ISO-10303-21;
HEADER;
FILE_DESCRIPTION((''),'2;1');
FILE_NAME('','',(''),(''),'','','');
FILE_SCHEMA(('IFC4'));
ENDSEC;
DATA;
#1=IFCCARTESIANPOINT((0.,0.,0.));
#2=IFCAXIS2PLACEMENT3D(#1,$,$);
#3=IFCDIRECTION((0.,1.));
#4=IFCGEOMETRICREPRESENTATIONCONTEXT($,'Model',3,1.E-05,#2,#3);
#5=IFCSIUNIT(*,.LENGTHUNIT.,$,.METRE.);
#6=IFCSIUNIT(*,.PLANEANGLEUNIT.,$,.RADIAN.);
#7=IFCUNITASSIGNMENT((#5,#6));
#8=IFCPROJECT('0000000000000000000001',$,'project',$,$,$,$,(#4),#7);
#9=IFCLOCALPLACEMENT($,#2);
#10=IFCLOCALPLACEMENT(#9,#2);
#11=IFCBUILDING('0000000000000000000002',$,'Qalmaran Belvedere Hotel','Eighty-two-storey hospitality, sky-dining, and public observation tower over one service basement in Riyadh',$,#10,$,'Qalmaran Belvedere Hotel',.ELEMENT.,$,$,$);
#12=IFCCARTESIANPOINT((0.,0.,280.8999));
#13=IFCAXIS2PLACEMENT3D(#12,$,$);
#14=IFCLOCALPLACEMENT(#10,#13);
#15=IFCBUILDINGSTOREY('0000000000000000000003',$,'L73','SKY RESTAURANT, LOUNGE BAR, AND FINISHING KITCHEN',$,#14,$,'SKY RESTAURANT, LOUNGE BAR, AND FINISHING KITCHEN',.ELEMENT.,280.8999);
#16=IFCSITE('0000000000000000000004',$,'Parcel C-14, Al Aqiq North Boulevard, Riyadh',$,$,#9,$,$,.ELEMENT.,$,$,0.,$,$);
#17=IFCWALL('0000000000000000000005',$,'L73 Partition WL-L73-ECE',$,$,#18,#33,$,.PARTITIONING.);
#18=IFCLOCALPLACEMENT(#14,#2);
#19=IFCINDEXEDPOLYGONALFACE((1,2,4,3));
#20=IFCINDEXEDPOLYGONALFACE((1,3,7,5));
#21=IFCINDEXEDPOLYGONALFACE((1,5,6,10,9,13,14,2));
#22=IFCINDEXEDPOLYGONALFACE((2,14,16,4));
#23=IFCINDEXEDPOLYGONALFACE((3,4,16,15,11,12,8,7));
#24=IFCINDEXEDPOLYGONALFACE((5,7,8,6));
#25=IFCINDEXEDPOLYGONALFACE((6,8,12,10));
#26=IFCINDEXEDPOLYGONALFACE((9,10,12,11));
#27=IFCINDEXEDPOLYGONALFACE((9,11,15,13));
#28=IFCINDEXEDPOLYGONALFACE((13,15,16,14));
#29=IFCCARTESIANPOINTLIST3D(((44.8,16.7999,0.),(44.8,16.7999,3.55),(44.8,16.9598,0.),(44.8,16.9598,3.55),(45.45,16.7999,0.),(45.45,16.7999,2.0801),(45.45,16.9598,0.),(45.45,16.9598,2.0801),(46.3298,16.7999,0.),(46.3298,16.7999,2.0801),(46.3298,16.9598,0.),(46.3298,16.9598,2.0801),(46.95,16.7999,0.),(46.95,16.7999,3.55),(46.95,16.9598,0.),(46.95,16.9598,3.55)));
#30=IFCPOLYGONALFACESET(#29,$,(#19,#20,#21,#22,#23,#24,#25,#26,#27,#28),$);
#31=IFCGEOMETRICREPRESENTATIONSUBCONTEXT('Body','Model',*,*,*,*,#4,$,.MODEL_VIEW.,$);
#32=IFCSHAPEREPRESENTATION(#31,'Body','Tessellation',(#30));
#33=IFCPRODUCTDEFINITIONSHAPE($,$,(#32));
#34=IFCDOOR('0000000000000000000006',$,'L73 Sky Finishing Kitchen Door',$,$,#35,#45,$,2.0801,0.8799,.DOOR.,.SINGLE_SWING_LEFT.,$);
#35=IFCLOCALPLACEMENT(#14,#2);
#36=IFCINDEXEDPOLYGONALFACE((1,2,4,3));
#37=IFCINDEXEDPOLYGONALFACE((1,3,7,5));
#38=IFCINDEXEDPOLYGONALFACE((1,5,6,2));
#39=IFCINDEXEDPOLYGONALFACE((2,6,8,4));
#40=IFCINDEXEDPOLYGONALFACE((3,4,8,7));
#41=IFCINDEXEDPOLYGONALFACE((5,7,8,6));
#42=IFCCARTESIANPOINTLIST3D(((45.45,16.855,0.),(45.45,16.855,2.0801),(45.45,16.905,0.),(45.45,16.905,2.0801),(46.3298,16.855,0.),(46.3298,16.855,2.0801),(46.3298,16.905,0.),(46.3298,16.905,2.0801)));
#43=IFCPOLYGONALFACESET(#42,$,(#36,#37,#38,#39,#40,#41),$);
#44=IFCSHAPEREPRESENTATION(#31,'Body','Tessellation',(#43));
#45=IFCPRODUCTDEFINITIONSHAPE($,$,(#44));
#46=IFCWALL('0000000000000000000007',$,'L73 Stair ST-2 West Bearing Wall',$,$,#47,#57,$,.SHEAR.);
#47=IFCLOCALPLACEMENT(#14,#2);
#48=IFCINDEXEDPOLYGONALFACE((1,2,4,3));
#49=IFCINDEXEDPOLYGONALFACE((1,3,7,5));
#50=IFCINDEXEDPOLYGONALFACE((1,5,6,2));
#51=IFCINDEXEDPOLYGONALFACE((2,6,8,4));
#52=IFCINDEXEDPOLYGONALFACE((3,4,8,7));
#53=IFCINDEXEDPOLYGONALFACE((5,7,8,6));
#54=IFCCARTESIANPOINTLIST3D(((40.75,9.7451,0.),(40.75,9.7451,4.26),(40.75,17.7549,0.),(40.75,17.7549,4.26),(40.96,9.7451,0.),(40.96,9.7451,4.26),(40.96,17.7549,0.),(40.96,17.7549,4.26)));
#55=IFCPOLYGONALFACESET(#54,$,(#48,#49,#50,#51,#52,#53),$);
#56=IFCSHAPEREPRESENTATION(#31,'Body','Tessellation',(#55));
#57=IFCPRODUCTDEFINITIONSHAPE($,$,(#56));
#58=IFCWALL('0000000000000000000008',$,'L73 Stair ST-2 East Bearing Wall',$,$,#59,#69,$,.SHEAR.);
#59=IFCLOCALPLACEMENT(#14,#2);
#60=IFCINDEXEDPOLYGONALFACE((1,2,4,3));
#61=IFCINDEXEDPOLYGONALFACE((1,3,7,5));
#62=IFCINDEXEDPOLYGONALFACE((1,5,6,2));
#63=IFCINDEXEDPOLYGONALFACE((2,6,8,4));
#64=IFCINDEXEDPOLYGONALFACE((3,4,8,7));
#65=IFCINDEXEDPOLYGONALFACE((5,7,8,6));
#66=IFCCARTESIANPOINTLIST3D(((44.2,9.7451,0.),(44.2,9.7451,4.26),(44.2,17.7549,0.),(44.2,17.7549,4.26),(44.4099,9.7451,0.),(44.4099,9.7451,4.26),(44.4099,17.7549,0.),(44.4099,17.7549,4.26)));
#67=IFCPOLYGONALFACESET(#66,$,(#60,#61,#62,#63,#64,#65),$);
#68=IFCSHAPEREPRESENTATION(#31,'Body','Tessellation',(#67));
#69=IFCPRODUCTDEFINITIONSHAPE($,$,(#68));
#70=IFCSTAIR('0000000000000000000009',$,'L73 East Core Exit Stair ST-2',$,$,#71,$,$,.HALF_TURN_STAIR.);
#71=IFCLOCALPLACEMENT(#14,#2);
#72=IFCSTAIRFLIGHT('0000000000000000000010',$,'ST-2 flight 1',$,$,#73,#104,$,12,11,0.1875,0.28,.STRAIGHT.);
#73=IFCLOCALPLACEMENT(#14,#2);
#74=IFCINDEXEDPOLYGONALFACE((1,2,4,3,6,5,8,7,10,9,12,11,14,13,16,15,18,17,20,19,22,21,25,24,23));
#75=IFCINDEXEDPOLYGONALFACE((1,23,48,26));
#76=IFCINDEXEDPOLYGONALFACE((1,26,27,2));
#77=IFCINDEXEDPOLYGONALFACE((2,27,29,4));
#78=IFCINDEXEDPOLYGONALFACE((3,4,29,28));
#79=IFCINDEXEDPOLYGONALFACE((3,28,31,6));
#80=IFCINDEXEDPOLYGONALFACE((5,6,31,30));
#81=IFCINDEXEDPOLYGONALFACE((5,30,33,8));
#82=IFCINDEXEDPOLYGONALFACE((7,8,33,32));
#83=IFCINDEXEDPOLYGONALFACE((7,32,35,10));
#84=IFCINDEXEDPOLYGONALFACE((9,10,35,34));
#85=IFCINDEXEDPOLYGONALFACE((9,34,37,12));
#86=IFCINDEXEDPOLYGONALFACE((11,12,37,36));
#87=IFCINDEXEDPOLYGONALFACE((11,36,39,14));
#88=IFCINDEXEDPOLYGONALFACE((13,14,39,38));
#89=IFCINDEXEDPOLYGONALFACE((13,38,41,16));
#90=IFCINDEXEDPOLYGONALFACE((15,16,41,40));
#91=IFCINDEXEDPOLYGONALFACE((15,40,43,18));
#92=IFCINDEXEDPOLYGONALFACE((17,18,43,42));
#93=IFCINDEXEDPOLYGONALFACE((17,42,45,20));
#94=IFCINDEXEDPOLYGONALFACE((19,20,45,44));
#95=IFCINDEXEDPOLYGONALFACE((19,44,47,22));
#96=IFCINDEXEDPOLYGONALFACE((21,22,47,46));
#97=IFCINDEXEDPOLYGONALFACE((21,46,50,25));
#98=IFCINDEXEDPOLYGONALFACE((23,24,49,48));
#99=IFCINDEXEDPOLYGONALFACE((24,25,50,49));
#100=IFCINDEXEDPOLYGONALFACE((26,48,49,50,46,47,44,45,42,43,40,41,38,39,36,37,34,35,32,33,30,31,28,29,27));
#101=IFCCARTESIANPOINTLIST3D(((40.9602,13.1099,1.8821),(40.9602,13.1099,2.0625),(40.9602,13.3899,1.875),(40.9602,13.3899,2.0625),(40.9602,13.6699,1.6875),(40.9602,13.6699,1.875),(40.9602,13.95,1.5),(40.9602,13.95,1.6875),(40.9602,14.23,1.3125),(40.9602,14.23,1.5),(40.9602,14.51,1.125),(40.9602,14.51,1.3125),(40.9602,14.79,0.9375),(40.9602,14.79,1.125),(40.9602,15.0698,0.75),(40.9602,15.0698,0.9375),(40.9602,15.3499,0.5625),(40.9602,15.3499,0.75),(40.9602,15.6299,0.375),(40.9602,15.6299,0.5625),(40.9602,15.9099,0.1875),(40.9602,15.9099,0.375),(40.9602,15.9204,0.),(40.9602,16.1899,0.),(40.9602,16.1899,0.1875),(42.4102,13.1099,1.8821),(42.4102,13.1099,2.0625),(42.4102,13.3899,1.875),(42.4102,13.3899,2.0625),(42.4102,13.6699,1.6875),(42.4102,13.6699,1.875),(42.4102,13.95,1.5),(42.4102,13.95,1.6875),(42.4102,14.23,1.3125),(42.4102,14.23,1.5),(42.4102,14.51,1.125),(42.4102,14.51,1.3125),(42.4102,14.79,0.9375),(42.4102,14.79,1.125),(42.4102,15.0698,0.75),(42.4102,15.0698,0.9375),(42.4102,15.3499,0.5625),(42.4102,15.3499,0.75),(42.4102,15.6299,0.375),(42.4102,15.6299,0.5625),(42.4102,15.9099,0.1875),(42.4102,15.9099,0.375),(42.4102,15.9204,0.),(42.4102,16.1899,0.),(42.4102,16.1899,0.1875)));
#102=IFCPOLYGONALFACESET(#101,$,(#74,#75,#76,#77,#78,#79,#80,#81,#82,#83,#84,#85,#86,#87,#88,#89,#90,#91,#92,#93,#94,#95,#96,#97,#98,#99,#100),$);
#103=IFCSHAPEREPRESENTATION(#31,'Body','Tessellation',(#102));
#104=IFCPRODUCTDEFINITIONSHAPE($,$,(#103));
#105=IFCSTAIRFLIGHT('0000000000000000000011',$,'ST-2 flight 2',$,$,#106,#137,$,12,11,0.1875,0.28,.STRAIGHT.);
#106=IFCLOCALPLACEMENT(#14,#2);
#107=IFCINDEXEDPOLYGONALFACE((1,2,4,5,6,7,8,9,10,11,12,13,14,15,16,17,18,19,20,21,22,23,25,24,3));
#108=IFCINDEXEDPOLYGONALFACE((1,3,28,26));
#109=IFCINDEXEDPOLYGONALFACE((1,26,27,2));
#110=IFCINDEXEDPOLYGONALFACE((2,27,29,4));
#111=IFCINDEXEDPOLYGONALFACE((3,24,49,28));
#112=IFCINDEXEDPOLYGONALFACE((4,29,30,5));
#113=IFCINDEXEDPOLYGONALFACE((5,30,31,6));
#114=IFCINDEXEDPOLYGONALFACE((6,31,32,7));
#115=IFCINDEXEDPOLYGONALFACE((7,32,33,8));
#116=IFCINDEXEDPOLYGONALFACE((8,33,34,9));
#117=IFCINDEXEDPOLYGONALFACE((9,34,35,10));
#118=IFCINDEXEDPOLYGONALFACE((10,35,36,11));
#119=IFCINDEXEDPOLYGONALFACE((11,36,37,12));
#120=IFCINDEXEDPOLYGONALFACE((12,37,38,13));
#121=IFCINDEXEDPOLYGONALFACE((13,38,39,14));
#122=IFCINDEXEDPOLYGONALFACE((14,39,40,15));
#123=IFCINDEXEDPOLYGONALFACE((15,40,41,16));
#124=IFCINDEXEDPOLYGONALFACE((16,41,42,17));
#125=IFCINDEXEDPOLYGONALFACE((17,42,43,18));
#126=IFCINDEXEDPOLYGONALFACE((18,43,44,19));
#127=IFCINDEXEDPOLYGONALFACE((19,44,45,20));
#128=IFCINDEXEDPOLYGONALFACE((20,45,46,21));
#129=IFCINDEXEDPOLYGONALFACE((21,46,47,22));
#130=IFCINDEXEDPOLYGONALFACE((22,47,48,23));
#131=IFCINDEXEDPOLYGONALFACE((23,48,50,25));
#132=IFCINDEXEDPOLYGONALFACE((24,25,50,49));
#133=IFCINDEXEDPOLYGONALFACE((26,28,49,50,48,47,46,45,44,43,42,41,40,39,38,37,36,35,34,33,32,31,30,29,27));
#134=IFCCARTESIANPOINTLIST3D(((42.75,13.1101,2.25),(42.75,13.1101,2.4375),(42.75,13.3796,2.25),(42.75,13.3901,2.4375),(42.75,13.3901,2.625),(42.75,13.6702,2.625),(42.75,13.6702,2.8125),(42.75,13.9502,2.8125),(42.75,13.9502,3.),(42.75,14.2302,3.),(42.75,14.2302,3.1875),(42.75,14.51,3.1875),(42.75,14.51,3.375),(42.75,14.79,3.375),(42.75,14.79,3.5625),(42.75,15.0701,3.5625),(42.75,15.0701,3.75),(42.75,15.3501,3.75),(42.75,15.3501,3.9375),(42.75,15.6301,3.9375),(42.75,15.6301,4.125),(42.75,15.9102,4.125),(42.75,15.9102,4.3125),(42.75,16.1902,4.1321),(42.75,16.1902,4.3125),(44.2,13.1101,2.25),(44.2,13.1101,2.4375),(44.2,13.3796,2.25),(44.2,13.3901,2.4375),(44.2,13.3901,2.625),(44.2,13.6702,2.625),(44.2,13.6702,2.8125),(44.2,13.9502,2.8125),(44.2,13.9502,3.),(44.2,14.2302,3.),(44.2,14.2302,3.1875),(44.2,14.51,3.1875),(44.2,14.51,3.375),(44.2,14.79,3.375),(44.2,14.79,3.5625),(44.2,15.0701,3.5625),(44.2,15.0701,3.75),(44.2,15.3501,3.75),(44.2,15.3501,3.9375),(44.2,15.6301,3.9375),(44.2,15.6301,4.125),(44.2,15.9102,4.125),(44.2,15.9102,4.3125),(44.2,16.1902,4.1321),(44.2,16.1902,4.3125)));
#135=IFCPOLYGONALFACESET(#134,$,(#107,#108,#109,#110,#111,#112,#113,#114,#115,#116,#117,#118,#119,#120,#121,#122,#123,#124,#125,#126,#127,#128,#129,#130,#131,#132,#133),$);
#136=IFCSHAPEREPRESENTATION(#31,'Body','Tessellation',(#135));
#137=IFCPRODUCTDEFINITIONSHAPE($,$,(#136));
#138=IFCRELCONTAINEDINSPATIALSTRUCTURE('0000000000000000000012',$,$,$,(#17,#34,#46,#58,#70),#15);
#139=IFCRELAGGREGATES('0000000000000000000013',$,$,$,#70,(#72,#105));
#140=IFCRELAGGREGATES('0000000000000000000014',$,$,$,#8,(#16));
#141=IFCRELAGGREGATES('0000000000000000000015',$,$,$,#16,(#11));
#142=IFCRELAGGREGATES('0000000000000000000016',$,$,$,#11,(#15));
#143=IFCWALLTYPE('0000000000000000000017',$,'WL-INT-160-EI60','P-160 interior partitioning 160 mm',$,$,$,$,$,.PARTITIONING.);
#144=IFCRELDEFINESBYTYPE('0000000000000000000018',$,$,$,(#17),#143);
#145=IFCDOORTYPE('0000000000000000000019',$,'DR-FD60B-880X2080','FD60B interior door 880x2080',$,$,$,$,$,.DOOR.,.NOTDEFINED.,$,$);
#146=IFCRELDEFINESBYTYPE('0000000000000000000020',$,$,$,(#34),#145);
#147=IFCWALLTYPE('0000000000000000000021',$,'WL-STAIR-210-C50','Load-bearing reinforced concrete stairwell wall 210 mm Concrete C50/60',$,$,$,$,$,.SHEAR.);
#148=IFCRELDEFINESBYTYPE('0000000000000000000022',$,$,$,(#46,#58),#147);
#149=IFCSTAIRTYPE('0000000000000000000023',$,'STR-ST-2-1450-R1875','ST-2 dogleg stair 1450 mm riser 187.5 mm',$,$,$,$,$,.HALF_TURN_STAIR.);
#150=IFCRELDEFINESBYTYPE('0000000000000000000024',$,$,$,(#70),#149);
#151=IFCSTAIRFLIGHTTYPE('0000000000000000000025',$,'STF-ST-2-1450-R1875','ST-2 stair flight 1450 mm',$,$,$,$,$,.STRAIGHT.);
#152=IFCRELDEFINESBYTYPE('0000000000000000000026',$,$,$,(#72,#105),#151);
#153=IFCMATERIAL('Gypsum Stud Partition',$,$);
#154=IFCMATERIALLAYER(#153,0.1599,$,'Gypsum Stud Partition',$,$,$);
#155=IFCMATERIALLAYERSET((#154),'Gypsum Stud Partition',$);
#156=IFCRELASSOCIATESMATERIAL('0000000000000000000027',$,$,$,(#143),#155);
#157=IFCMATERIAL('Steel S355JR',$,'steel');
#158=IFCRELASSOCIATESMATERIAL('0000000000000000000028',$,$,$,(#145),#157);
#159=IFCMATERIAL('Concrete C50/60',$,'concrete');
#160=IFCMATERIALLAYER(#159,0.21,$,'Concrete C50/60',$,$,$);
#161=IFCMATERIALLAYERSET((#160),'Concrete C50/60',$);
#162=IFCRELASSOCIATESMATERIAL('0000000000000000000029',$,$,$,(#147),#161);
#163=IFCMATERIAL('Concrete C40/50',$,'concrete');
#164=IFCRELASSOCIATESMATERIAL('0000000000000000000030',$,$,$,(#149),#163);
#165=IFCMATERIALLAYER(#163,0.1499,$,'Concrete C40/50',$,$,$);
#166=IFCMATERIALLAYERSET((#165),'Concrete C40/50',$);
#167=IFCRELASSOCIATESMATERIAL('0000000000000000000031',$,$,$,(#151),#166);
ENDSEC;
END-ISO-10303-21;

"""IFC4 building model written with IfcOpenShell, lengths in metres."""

from ifc_helpers import new_model, si_unit, direction, frame, frame_2d, origin, place, context, subcontext, project, spatial, polyline, rectangle, outline, extrude, material, layer, layer_set, type_object, element, fill, aggregate, save


model = new_model("IFC4")

# Units and contexts
model_context = context("Model", 3, precision=1e-05, world=origin(), true_north=direction((0.0, 1.0)))
body_context = subcontext(model_context, "Body", "Model", "MODEL_VIEW")
ifc_project = project(units=[si_unit("LENGTHUNIT", "METRE"), si_unit("PLANEANGLEUNIT", "RADIAN")], contexts=[model_context])

# Site, building, storey
site_placement = place(None, origin())
site = spatial("IfcSite", under=ifc_project, at=site_placement, Name="Parcel C-14, Al Aqiq North Boulevard, Riyadh", CompositionType="ELEMENT", RefElevation=0.0)
building_placement = place(site_placement, origin())
building = spatial("IfcBuilding", under=site, at=building_placement, Name="Qalmaran Belvedere Hotel", Description="Eighty-two-storey hospitality, sky-dining, and public observation tower over one service basement in Riyadh", LongName="Qalmaran Belvedere Hotel", CompositionType="ELEMENT")
storey_placement = place(building_placement, frame((0.0, 0.0, 280.8999)))
storey = spatial("IfcBuildingStorey", under=building, at=storey_placement, Name="L73", Description="SKY RESTAURANT, LOUNGE BAR, AND FINISHING KITCHEN", LongName="SKY RESTAURANT, LOUNGE BAR, AND FINISHING KITCHEN", CompositionType="ELEMENT", Elevation=280.8999)

# Shared definitions
ifc_material_1 = material(Name="Concrete C50/60", Category="concrete")

# Shared definitions
ifc_material_2 = material(Name="Steel S355JR", Category="steel")

# Wall, opening, door
ifc_material_3 = material(Name="Gypsum Stud Partition")
ifc_layer_1 = layer(ifc_material_3, 0.1599, Name="Gypsum Stud Partition")
ifc_layer_set_1 = layer_set([ifc_layer_1], Name="Gypsum Stud Partition")
wall_type_1 = type_object("IfcWallType", Name="WL-INT-160-EI60", Description="P-160 interior partitioning 160 mm", PredefinedType="PARTITIONING", material=ifc_layer_set_1)
wall_1_placement = place(storey_placement, frame((44.8, 16.8799, 0.0), z_axis=(0.0, 0.0, 1.0), x_axis=(1.0, 0.0, 0.0)))
wall_1 = element("IfcWall", 1, at=wall_1_placement, inside=storey, type_object=wall_type_1, Name="L73 Partition WL-L73-ECE", PredefinedType="PARTITIONING", context=body_context, shape_type="SweptSolid", body=[
    extrude(rectangle(XDim=2.1499, YDim=0.1599, at=frame_2d((1.075, 0.0))), origin(), (0.0, 0.0, 1.0), 3.55),
])
opening_1_placement = place(wall_1_placement, frame((1.5298, 0.0, 0.0), z_axis=(0.0, 0.0, 1.0), x_axis=(-1.0, 0.0, 0.0)))
opening_1 = element("IfcOpeningElement", 2, at=opening_1_placement, cuts=wall_1, PredefinedType="OPENING", context=body_context, shape_type="SweptSolid", body=[
    extrude(rectangle(XDim=0.8799, YDim=2.0801, at=frame_2d((0.4399, 1.04))), frame((0.0, 0.0898, 0.0), z_axis=(0.0, -1.0, 0.0), x_axis=(1.0, 0.0, 0.0)), (0.0, 0.0, 1.0), 0.1799),
])
door_type = type_object("IfcDoorType", Name="DR-FD60B-880X2080", Description="FD60B interior door 880x2080", OperationType="NOTDEFINED", PredefinedType="DOOR", material=ifc_material_2)
door_placement = place(opening_1_placement, origin())
door = element("IfcDoor", 3, at=door_placement, inside=storey, type_object=door_type, Name="L73 Sky Finishing Kitchen Door", OperationType="SINGLE_SWING_LEFT", OverallHeight=2.0801, OverallWidth=0.8799, PredefinedType="DOOR", context=body_context, shape_type="SweptSolid", body=[
    extrude(rectangle(XDim=0.8799, YDim=2.0801, at=frame_2d((0.4399, 1.04))), frame((0.0, 0.0249, 0.0), z_axis=(0.0, -1.0, 0.0), x_axis=(1.0, 0.0, 0.0)), (0.0, 0.0, 1.0), 0.05),
])
fill(opening_1, door)

# Walls
ifc_layer_2 = layer(ifc_material_1, 0.21, Name="Concrete C50/60")
ifc_layer_set_2 = layer_set([ifc_layer_2], Name="Concrete C50/60")
wall_type_2 = type_object("IfcWallType", Name="WL-STAIR-210-C50", Description="Load-bearing reinforced concrete stairwell wall 210 mm Concrete C50/60", PredefinedType="SHEAR", material=ifc_layer_set_2)
for number, where, z_axis, x_axis, name in (
    (4, (40.855, 9.7451, 0.0), (0.0, 0.0, 1.0), (0.0, 1.0, 0.0), "L73 Stair ST-2 West Bearing Wall"),
    (5, (44.3049, 9.7451, 0.0), (0.0, 0.0, 1.0), (0.0, 1.0, 0.0), "L73 Stair ST-2 East Bearing Wall"),
):
    element("IfcWall", number, at=place(storey_placement, frame(where, z_axis=z_axis, x_axis=x_axis)), inside=storey, type_object=wall_type_2, Name=name, PredefinedType="SHEAR", context=body_context, shape_type="SweptSolid", body=[
        extrude(rectangle(XDim=8.0098, YDim=0.21, at=frame_2d((4.0049, 0.0))), origin(), (0.0, 0.0, 1.0), 4.26),
    ])

# Stair, stair flights
ifc_material_4 = material(Name="Concrete C40/50", Category="concrete")
stair_type = type_object("IfcStairType", Name="STR-ST-2-1450-R1875", Description="ST-2 dogleg stair 1450 mm riser 187.5 mm", PredefinedType="HALF_TURN_STAIR", material=ifc_material_4)
stair_placement = place(storey_placement, origin())
stair = element("IfcStair", 6, at=stair_placement, inside=storey, type_object=stair_type, Name="L73 East Core Exit Stair ST-2", PredefinedType="HALF_TURN_STAIR")
ifc_layer_3 = layer(ifc_material_4, 0.1499, Name="Concrete C40/50")
ifc_layer_set_3 = layer_set([ifc_layer_3], Name="Concrete C40/50")
stair_flight_type = type_object("IfcStairFlightType", Name="STF-ST-2-1450-R1875", Description="ST-2 stair flight 1450 mm", PredefinedType="STRAIGHT", material=ifc_layer_set_3)
stair_flight_1_placement = place(storey_placement, frame((41.6851, 16.1899, 0.0), z_axis=(0.0, 0.0, 1.0), x_axis=(0.0, -1.0, 0.0)))
stair_flight_1 = element("IfcStairFlight", 7, at=stair_flight_1_placement, type_object=stair_flight_type, Name="ST-2 flight 1", NumberOfRisers=12, NumberOfTreads=11, PredefinedType="STRAIGHT", RiserHeight=0.1875, TreadLength=0.28, context=body_context, shape_type="SweptSolid", body=[
    extrude(outline(polyline([(0.0, 0.0), (0.0, 0.1875), (0.28, 0.1875), (0.28, 0.375), (0.5601, 0.375), (0.5601, 0.5625), (0.8401, 0.5625), (0.8401, 0.75), (1.1201, 0.75), (1.1201, 0.9375), (1.3999, 0.9375), (1.3999, 1.125), (1.6799, 1.125), (1.6799, 1.3125), (1.96, 1.3125), (1.96, 1.5), (2.24, 1.5), (2.24, 1.6875), (2.52, 1.6875), (2.52, 1.875), (2.8, 1.875), (2.8, 2.0625), (3.0801, 2.0625), (3.0801, 2.25), (3.0801, 1.8821), (0.2695, 0.0), (0.0, 0.0)])), frame((0.0, 0.7251, 0.0), z_axis=(0.0, -1.0, 0.0), x_axis=(1.0, 0.0, 0.0)), (0.0, 0.0, 1.0), 1.45),
])
stair_flight_2_placement = place(storey_placement, frame((43.4751, 13.1101, 2.25), z_axis=(0.0, 0.0, 1.0), x_axis=(0.0, 1.0, 0.0)))
stair_flight_2 = element("IfcStairFlight", 8, at=stair_flight_2_placement, type_object=stair_flight_type, Name="ST-2 flight 2", NumberOfRisers=12, NumberOfTreads=11, PredefinedType="STRAIGHT", RiserHeight=0.1875, TreadLength=0.28, context=body_context, shape_type="SweptSolid", body=[
    extrude(outline(polyline([(0.0, 0.0), (0.0, 0.1875), (0.28, 0.1875), (0.28, 0.375), (0.5601, 0.375), (0.5601, 0.5625), (0.8401, 0.5625), (0.8401, 0.75), (1.1201, 0.75), (1.1201, 0.9375), (1.3999, 0.9375), (1.3999, 1.125), (1.6799, 1.125), (1.6799, 1.3125), (1.96, 1.3125), (1.96, 1.5), (2.24, 1.5), (2.24, 1.6875), (2.52, 1.6875), (2.52, 1.875), (2.8, 1.875), (2.8, 2.0625), (3.0801, 2.0625), (3.0801, 2.25), (3.0801, 1.8821), (0.2695, 0.0), (0.0, 0.0)])), frame((0.0, 0.7251, 0.0), z_axis=(0.0, -1.0, 0.0), x_axis=(1.0, 0.0, 0.0)), (0.0, 0.0, 1.0), 1.45),
])
aggregate(stair, [stair_flight_1, stair_flight_2])

save(model, "model.ifc")
